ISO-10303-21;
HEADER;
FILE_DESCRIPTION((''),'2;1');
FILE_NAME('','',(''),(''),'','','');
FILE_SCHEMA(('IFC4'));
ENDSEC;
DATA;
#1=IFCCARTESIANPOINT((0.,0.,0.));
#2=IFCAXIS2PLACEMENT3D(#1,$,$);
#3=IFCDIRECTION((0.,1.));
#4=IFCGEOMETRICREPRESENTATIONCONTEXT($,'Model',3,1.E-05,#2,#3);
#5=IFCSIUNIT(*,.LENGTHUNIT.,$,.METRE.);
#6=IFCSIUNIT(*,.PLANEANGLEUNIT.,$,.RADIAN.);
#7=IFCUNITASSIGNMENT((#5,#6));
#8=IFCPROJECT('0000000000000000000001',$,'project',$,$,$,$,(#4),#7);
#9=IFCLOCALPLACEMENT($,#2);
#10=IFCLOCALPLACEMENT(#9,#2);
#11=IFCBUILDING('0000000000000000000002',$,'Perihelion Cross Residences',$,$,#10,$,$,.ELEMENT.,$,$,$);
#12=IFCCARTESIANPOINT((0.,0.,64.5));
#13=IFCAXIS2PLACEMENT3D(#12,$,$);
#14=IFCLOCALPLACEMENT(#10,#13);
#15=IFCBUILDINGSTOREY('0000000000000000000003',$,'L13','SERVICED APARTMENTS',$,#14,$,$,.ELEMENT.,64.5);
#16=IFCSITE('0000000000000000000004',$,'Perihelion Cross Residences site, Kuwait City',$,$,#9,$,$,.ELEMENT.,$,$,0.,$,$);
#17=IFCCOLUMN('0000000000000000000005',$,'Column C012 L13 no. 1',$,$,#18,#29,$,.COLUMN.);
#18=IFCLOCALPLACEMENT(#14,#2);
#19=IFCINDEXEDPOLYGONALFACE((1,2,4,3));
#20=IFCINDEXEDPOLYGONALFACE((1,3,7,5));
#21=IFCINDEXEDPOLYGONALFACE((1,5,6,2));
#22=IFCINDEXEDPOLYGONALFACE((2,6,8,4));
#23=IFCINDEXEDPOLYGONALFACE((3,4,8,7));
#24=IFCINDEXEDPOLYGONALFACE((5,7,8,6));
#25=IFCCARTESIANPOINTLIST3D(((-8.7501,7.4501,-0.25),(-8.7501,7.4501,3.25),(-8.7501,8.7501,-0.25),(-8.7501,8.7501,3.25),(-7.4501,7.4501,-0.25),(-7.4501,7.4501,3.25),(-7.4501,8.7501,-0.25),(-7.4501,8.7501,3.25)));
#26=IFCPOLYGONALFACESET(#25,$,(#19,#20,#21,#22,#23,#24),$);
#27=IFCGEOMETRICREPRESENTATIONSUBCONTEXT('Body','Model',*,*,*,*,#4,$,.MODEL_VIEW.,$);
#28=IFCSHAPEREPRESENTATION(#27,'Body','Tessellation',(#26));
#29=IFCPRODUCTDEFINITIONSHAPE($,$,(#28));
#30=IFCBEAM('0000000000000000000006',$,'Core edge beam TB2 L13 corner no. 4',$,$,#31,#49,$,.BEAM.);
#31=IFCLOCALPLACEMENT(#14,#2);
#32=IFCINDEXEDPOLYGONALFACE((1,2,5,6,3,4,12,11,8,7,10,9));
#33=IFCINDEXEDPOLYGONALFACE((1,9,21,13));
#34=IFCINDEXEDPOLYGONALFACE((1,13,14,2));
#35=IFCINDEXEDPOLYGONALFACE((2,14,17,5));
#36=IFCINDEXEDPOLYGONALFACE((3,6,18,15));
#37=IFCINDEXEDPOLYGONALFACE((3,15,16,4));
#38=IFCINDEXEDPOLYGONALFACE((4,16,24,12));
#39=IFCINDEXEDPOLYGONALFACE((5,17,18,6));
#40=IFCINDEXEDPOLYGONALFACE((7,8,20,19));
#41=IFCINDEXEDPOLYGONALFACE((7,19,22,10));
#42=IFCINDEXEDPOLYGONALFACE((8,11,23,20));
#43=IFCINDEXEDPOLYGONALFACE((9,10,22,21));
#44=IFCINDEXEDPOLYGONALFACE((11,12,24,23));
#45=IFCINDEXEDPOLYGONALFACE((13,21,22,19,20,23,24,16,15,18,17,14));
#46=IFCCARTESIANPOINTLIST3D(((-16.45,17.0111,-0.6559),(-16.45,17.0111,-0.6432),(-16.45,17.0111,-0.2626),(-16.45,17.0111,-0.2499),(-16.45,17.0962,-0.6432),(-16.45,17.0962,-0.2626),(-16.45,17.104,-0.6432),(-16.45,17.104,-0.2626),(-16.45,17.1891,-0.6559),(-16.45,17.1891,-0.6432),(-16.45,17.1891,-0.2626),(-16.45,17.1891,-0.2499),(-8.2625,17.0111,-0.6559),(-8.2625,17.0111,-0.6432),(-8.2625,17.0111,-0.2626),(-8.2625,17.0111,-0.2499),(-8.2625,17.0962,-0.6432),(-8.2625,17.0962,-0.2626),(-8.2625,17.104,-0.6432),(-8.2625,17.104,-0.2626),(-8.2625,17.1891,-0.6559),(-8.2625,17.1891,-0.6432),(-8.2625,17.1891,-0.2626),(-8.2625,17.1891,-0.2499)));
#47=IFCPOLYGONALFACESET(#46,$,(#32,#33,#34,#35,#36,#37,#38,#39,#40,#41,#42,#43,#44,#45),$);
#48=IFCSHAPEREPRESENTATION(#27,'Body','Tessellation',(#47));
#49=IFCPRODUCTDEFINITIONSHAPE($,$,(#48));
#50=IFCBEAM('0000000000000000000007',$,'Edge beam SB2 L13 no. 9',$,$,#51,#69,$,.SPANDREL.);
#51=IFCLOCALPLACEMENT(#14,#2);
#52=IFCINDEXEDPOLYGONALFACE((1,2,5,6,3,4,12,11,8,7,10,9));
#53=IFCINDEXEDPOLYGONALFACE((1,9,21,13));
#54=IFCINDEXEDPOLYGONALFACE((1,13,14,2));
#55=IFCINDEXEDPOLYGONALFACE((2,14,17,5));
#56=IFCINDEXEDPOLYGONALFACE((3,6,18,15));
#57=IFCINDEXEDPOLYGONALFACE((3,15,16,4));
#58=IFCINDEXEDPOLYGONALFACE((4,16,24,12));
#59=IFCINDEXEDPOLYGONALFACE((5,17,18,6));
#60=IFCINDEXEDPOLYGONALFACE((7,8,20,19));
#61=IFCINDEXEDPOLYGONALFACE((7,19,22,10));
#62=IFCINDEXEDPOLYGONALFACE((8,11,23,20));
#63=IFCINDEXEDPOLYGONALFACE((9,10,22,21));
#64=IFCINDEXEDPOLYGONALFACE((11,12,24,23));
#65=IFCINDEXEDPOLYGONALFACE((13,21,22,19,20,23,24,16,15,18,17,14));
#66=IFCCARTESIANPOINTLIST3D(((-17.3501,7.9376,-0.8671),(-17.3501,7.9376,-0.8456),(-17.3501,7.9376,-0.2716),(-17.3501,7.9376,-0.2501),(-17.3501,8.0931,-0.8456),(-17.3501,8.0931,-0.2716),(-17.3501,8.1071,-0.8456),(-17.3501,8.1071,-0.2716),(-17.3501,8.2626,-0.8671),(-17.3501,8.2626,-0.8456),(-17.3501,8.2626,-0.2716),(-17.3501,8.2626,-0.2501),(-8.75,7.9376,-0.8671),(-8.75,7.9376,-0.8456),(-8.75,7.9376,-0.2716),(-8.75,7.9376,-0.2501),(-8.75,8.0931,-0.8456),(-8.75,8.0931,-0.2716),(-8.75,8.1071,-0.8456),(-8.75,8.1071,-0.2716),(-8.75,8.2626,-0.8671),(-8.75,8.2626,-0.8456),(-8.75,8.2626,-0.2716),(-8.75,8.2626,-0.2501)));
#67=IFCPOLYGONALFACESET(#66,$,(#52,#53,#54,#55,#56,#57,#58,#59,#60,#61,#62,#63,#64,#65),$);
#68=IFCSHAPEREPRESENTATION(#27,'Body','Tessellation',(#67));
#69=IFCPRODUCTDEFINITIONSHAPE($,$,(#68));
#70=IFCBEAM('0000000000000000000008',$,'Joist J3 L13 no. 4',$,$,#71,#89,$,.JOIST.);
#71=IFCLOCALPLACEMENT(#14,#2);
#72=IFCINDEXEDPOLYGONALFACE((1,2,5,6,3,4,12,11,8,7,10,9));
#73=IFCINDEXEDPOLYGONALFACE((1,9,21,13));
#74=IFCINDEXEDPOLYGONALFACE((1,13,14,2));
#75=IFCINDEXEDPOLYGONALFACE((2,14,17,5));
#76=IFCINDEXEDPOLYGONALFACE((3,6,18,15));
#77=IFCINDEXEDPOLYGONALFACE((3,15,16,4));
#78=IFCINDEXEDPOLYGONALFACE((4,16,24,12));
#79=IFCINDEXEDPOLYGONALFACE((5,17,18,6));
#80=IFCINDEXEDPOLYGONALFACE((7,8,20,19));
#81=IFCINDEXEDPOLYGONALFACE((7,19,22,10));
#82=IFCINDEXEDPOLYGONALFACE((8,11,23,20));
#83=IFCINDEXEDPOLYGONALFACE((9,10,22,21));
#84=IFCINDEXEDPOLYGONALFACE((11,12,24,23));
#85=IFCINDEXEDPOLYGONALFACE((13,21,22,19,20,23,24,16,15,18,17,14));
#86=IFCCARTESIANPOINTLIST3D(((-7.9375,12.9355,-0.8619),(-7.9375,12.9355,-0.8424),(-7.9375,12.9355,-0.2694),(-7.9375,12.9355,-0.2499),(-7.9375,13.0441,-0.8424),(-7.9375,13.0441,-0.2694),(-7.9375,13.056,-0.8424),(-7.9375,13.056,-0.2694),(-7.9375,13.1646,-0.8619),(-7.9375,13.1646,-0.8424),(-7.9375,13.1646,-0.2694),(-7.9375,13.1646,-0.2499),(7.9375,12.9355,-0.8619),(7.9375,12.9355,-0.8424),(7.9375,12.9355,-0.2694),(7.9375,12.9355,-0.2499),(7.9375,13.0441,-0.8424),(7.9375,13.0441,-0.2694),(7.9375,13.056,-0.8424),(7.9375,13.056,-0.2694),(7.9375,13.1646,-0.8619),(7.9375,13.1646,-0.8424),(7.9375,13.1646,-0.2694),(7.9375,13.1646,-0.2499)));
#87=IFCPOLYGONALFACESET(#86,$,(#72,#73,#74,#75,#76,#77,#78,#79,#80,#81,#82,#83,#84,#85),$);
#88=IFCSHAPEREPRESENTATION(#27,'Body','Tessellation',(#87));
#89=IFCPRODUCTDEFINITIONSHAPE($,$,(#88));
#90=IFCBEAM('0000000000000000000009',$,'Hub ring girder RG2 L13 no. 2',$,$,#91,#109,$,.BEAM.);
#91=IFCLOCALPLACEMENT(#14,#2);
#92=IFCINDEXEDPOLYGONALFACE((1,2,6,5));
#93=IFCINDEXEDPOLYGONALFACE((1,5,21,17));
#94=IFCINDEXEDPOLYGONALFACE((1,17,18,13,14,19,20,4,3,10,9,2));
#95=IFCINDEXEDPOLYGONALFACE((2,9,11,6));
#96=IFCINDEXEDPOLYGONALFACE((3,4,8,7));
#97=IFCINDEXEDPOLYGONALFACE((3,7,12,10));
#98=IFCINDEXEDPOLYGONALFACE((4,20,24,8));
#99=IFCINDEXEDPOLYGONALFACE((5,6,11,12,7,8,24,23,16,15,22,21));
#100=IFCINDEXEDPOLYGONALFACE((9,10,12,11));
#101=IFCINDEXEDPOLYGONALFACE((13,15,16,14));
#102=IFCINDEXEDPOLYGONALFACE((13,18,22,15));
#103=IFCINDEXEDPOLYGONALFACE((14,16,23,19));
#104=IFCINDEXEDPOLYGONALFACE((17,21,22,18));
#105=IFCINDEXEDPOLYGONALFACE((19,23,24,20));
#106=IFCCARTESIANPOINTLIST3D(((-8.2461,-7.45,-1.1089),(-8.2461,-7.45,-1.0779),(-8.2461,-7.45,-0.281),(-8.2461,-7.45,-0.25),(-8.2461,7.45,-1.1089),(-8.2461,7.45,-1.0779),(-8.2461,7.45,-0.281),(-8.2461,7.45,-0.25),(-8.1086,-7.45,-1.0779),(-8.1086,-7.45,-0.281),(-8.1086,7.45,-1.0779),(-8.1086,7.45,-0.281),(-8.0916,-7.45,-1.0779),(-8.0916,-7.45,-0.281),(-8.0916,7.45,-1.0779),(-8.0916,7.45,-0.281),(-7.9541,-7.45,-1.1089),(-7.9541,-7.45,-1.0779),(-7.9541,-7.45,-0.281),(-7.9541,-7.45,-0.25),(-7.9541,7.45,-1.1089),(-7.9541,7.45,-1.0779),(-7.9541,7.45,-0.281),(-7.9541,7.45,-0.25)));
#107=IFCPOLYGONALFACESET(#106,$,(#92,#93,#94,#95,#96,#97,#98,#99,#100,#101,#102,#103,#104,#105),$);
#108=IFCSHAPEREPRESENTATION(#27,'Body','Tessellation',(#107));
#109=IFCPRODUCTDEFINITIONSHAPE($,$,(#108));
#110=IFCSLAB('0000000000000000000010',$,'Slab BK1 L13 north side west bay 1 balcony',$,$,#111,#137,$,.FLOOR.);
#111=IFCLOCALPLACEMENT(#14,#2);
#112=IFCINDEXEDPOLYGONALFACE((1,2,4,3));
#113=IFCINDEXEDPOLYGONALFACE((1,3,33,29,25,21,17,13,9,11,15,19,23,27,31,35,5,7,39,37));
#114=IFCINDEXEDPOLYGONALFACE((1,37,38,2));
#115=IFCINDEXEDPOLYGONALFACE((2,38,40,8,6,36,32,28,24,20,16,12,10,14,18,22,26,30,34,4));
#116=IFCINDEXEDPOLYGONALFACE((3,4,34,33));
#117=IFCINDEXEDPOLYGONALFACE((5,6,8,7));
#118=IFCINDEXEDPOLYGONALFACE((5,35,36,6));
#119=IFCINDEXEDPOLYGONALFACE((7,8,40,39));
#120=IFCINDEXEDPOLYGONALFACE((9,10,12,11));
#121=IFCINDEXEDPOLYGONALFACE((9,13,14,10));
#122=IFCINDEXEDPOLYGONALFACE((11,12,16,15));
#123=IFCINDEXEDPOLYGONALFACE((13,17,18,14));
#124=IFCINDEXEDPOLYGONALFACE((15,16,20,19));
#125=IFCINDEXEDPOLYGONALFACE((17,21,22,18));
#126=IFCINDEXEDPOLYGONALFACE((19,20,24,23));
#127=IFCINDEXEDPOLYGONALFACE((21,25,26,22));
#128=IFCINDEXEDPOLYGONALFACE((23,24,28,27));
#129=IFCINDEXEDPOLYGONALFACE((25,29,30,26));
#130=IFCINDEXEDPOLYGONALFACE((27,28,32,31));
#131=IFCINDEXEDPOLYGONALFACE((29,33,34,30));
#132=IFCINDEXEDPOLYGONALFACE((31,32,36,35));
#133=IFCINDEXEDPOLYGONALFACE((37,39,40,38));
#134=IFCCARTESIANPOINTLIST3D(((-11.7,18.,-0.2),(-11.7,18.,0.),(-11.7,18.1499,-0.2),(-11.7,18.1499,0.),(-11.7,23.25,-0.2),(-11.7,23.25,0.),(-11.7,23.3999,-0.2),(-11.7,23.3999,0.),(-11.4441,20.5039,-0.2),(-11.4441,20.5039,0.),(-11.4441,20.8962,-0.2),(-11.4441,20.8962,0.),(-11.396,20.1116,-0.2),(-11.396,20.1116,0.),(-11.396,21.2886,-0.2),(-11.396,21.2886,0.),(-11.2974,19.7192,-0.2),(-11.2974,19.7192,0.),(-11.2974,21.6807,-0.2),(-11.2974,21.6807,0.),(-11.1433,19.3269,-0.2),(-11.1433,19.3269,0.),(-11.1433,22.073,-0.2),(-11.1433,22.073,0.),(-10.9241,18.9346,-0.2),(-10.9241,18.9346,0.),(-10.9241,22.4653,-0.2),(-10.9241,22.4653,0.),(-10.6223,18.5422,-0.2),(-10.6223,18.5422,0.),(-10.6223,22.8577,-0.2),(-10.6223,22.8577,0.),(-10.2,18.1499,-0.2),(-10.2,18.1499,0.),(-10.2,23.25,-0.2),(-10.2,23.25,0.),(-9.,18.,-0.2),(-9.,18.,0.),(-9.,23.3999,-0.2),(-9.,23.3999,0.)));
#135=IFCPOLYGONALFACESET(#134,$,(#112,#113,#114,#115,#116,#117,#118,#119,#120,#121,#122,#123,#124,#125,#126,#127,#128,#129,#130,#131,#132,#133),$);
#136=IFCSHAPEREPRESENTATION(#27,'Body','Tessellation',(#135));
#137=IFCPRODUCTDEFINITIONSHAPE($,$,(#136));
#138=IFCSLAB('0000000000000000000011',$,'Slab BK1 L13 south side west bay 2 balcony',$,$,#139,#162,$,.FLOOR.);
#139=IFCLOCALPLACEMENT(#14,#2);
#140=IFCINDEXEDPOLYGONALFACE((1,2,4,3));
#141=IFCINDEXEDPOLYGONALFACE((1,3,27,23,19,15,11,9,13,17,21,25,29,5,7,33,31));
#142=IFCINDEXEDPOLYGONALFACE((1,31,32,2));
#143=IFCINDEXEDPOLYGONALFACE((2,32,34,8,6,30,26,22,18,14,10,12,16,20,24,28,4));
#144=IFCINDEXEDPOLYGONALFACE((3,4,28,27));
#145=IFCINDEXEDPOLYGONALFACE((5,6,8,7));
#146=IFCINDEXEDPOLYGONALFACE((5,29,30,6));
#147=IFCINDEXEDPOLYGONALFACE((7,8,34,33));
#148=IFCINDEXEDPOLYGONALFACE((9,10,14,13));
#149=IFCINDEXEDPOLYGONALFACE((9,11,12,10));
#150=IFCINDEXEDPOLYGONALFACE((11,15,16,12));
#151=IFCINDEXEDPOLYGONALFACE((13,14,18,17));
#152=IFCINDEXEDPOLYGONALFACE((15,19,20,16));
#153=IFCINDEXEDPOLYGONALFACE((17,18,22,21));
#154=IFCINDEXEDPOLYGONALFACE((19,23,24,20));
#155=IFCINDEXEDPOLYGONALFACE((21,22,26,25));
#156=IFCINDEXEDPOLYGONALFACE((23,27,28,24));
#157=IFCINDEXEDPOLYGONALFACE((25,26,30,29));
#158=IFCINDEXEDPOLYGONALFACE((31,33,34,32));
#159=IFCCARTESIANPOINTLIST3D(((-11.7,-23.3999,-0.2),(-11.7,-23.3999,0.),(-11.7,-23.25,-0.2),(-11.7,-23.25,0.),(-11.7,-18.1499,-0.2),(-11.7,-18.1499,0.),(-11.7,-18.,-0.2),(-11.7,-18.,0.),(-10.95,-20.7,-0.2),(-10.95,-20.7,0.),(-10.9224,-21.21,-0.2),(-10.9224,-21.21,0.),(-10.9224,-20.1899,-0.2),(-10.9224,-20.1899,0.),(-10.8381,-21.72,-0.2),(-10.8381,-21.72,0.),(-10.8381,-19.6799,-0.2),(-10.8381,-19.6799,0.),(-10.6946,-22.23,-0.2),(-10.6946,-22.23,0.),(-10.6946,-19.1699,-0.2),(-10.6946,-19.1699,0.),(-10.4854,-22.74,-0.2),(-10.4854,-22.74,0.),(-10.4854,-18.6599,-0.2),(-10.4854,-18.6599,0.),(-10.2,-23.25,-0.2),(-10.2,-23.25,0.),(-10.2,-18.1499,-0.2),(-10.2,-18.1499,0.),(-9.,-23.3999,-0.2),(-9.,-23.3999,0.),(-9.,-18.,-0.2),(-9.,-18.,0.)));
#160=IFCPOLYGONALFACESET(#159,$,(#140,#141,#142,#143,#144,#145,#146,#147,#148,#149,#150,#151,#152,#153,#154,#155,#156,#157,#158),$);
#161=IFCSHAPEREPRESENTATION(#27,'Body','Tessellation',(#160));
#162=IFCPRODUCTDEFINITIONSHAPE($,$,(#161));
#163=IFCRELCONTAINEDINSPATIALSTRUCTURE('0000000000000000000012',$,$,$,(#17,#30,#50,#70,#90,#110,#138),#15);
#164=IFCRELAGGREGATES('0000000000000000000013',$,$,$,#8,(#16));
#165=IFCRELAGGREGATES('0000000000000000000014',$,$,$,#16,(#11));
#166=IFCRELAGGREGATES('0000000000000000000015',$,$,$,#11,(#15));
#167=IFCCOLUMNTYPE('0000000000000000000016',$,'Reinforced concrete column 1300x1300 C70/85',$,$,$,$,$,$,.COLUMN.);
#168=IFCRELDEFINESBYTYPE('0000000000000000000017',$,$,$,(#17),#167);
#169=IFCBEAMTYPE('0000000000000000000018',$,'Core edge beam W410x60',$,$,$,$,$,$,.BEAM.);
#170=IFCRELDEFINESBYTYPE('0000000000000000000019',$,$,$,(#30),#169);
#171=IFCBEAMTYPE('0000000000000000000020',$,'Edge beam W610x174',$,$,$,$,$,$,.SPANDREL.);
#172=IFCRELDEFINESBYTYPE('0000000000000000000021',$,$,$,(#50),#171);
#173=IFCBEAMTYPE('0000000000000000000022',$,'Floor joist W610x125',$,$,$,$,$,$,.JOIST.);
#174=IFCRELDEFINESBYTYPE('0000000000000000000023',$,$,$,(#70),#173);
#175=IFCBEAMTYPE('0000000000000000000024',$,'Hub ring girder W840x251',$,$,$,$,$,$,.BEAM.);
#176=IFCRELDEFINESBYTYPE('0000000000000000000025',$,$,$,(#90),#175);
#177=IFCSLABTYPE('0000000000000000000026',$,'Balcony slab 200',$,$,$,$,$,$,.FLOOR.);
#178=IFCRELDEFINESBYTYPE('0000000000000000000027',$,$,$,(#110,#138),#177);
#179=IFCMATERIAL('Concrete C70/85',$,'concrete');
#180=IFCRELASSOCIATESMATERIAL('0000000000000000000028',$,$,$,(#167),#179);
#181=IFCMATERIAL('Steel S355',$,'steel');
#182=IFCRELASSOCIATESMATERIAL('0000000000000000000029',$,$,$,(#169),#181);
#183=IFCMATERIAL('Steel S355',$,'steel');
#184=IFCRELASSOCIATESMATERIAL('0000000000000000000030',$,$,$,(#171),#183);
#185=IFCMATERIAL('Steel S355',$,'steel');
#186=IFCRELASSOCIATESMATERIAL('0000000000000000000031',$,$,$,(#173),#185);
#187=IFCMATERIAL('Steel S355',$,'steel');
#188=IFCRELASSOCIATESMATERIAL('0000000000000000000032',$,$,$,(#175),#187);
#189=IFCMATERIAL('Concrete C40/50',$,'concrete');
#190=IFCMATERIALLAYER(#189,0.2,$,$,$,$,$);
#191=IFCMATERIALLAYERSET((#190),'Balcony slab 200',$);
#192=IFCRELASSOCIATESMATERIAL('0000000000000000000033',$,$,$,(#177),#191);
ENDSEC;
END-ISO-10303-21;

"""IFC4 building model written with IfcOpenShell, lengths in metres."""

from ifc_helpers import new_model, si_unit, direction, frame, origin, origin_2d, place, context, subcontext, project, spatial, polyline, rectangle, i_section, outline, extrude, material, layer, layer_set, material_profile, profile_set, type_object, element, save


model = new_model("IFC4")

# Units and contexts
model_context = context("Model", 3, precision=1e-05, world=origin(), true_north=direction((0.0, 1.0)))
body_context = subcontext(model_context, "Body", "Model", "MODEL_VIEW")
ifc_project = project(units=[si_unit("LENGTHUNIT", "METRE"), si_unit("PLANEANGLEUNIT", "RADIAN")], contexts=[model_context])

# Site, building, storey
site_placement = place(None, origin())
site = spatial("IfcSite", under=ifc_project, at=site_placement, Name="Perihelion Cross Residences site, Kuwait City", CompositionType="ELEMENT", RefElevation=0.0)
building_placement = place(site_placement, origin())
building = spatial("IfcBuilding", under=site, at=building_placement, Name="Perihelion Cross Residences", CompositionType="ELEMENT")
storey_placement = place(building_placement, frame((0.0, 0.0, 64.5)))
storey = spatial("IfcBuildingStorey", under=building, at=storey_placement, Name="L13", Description="SERVICED APARTMENTS", CompositionType="ELEMENT", Elevation=64.5)

# Column
ifc_material_1 = material(Name="Concrete C70/85", Category="concrete")
ifc_material_profile_1 = material_profile(ifc_material_1, rectangle(XDim=1.3, YDim=1.3, at=origin_2d()), Name="RC 1300x1300")
ifc_profile_set_1 = profile_set([ifc_material_profile_1], Name="Concrete C70/85")
column_type = type_object("IfcColumnType", Name="Reinforced concrete column 1300x1300 C70/85", PredefinedType="COLUMN", material=ifc_profile_set_1)
column_placement = place(storey_placement, frame((-8.1001, 8.1001, -0.25), z_axis=(0.0, 0.0, 1.0), x_axis=(1.0, 0.0, 0.0)))
element("IfcColumn", 1, at=column_placement, inside=storey, type_object=column_type, Name="Column C012 L13 no. 1", PredefinedType="COLUMN", context=body_context, shape_type="SweptSolid", body=[
    extrude(rectangle(XDim=1.3, YDim=1.3, at=origin_2d()), origin(), (0.0, 0.0, 1.0), 3.5),
])

# Beams
ifc_material_2 = material(Name="Steel S355", Category="steel")
ifc_material_profile_2 = material_profile(ifc_material_2, i_section(OverallWidth=0.178, OverallDepth=0.406, WebThickness=0.0078, FlangeThickness=0.0127, at=origin_2d()), Name="W410x60")
ifc_profile_set_2 = profile_set([ifc_material_profile_2], Name="Steel S355")
beam_type_1 = type_object("IfcBeamType", Name="Core edge beam W410x60", PredefinedType="BEAM", material=ifc_profile_set_2)
beam_1_placement = place(storey_placement, frame((-8.2625, 17.1001, -0.4529), z_axis=(-1.0, 0.0, 0.0), x_axis=(0.0, -1.0, 0.0)))
element("IfcBeam", 2, at=beam_1_placement, inside=storey, type_object=beam_type_1, Name="Core edge beam TB2 L13 corner no. 4", PredefinedType="BEAM", context=body_context, shape_type="SweptSolid", body=[
    extrude(i_section(OverallWidth=0.178, OverallDepth=0.406, WebThickness=0.0078, FlangeThickness=0.0127, at=origin_2d()), origin(), (0.0, 0.0, 1.0), 8.1875),
])
ifc_material_3 = material(Name="Steel S355", Category="steel")
ifc_material_profile_3 = material_profile(ifc_material_3, i_section(OverallWidth=0.325, OverallDepth=0.6169, WebThickness=0.0139, FlangeThickness=0.0215, at=origin_2d()), Name="W610x174")
ifc_profile_set_3 = profile_set([ifc_material_profile_3], Name="Steel S355")
beam_type_2 = type_object("IfcBeamType", Name="Edge beam W610x174", PredefinedType="SPANDREL", material=ifc_profile_set_3)
beam_2_placement = place(storey_placement, frame((-8.75, 8.1001, -0.5586), z_axis=(-1.0, 0.0, 0.0), x_axis=(0.0, -1.0, 0.0)))
element("IfcBeam", 3, at=beam_2_placement, inside=storey, type_object=beam_type_2, Name="Edge beam SB2 L13 no. 9", PredefinedType="SPANDREL", context=body_context, shape_type="SweptSolid", body=[
    extrude(i_section(OverallWidth=0.325, OverallDepth=0.6169, WebThickness=0.0139, FlangeThickness=0.0215, at=origin_2d()), origin(), (0.0, 0.0, 1.0), 8.6001),
])
ifc_material_4 = material(Name="Steel S355", Category="steel")
ifc_material_profile_4 = material_profile(ifc_material_4, i_section(OverallWidth=0.229, OverallDepth=0.6121, WebThickness=0.012, FlangeThickness=0.0195, at=origin_2d()), Name="W610x125")
ifc_profile_set_4 = profile_set([ifc_material_profile_4], Name="Steel S355")
beam_type_3 = type_object("IfcBeamType", Name="Floor joist W610x125", PredefinedType="JOIST", material=ifc_profile_set_4)
beam_3_placement = place(storey_placement, frame((-7.9375, 13.05, -0.5559), z_axis=(1.0, 0.0, 0.0), x_axis=(0.0, 1.0, 0.0)))
element("IfcBeam", 4, at=beam_3_placement, inside=storey, type_object=beam_type_3, Name="Joist J3 L13 no. 4", PredefinedType="JOIST", context=body_context, shape_type="SweptSolid", body=[
    extrude(i_section(OverallWidth=0.229, OverallDepth=0.6121, WebThickness=0.012, FlangeThickness=0.0195, at=origin_2d()), origin(), (0.0, 0.0, 1.0), 15.875),
])
ifc_material_5 = material(Name="Steel S355", Category="steel")
ifc_material_profile_5 = material_profile(ifc_material_5, i_section(OverallWidth=0.292, OverallDepth=0.8589, WebThickness=0.0171, FlangeThickness=0.031, at=origin_2d()), Name="W840x251")
ifc_profile_set_5 = profile_set([ifc_material_profile_5], Name="Steel S355")
beam_type_4 = type_object("IfcBeamType", Name="Hub ring girder W840x251", PredefinedType="BEAM", material=ifc_profile_set_5)
beam_4_placement = place(storey_placement, frame((-8.1001, 7.45, -0.6794), z_axis=(0.0, -1.0, 0.0), x_axis=(1.0, 0.0, 0.0)))
element("IfcBeam", 5, at=beam_4_placement, inside=storey, type_object=beam_type_4, Name="Hub ring girder RG2 L13 no. 2", PredefinedType="BEAM", context=body_context, shape_type="SweptSolid", body=[
    extrude(i_section(OverallWidth=0.292, OverallDepth=0.8589, WebThickness=0.0171, FlangeThickness=0.031, at=origin_2d()), origin(), (0.0, 0.0, 1.0), 14.8999),
])

# Slabs
ifc_material_6 = material(Name="Concrete C40/50", Category="concrete")
ifc_layer_1 = layer(ifc_material_6, 0.2)
ifc_layer_set_1 = layer_set([ifc_layer_1], Name="Balcony slab 200")
slab_type_1 = type_object("IfcSlabType", Name="Balcony slab 200", PredefinedType="FLOOR", material=ifc_layer_set_1)
slab_1_placement = place(storey_placement, frame((0.0, 0.0, -0.2)))
element("IfcSlab", 6, at=slab_1_placement, inside=storey, type_object=slab_type_1, Name="Slab BK1 L13 north side west bay 1 balcony", PredefinedType="FLOOR", context=body_context, shape_type="SweptSolid", body=[
    extrude(outline(polyline([(-9.0, 23.3999), (-9.0, 18.0), (-11.7, 18.0), (-11.7, 18.1499), (-10.2, 18.1499), (-10.6223, 18.5422), (-10.9241, 18.9346), (-11.1433, 19.3269), (-11.2974, 19.7192), (-11.396, 20.1116), (-11.4441, 20.5039), (-11.4441, 20.8962), (-11.396, 21.2886), (-11.2974, 21.6807), (-11.1433, 22.073), (-10.9241, 22.4653), (-10.6223, 22.8577), (-10.2, 23.25), (-11.7, 23.25), (-11.7, 23.3999), (-9.0, 23.3999)])), origin(), (0.0, 0.0, 1.0), 0.2),
])
slab_2_placement = place(storey_placement, frame((0.0, 0.0, -0.2)))
element("IfcSlab", 7, at=slab_2_placement, inside=storey, type_object=slab_type_1, Name="Slab BK1 L13 south side west bay 2 balcony", PredefinedType="FLOOR", context=body_context, shape_type="SweptSolid", body=[
    extrude(outline(polyline([(-9.0, -18.0), (-9.0, -23.3999), (-11.7, -23.3999), (-11.7, -23.25), (-10.2, -23.25), (-10.4854, -22.74), (-10.6946, -22.23), (-10.8381, -21.72), (-10.9224, -21.21), (-10.95, -20.7), (-10.9224, -20.1899), (-10.8381, -19.6799), (-10.6946, -19.1699), (-10.4854, -18.6599), (-10.2, -18.1499), (-11.7, -18.1499), (-11.7, -18.0), (-9.0, -18.0)])), origin(), (0.0, 0.0, 1.0), 0.2),
])

save(model, "model.ifc")
